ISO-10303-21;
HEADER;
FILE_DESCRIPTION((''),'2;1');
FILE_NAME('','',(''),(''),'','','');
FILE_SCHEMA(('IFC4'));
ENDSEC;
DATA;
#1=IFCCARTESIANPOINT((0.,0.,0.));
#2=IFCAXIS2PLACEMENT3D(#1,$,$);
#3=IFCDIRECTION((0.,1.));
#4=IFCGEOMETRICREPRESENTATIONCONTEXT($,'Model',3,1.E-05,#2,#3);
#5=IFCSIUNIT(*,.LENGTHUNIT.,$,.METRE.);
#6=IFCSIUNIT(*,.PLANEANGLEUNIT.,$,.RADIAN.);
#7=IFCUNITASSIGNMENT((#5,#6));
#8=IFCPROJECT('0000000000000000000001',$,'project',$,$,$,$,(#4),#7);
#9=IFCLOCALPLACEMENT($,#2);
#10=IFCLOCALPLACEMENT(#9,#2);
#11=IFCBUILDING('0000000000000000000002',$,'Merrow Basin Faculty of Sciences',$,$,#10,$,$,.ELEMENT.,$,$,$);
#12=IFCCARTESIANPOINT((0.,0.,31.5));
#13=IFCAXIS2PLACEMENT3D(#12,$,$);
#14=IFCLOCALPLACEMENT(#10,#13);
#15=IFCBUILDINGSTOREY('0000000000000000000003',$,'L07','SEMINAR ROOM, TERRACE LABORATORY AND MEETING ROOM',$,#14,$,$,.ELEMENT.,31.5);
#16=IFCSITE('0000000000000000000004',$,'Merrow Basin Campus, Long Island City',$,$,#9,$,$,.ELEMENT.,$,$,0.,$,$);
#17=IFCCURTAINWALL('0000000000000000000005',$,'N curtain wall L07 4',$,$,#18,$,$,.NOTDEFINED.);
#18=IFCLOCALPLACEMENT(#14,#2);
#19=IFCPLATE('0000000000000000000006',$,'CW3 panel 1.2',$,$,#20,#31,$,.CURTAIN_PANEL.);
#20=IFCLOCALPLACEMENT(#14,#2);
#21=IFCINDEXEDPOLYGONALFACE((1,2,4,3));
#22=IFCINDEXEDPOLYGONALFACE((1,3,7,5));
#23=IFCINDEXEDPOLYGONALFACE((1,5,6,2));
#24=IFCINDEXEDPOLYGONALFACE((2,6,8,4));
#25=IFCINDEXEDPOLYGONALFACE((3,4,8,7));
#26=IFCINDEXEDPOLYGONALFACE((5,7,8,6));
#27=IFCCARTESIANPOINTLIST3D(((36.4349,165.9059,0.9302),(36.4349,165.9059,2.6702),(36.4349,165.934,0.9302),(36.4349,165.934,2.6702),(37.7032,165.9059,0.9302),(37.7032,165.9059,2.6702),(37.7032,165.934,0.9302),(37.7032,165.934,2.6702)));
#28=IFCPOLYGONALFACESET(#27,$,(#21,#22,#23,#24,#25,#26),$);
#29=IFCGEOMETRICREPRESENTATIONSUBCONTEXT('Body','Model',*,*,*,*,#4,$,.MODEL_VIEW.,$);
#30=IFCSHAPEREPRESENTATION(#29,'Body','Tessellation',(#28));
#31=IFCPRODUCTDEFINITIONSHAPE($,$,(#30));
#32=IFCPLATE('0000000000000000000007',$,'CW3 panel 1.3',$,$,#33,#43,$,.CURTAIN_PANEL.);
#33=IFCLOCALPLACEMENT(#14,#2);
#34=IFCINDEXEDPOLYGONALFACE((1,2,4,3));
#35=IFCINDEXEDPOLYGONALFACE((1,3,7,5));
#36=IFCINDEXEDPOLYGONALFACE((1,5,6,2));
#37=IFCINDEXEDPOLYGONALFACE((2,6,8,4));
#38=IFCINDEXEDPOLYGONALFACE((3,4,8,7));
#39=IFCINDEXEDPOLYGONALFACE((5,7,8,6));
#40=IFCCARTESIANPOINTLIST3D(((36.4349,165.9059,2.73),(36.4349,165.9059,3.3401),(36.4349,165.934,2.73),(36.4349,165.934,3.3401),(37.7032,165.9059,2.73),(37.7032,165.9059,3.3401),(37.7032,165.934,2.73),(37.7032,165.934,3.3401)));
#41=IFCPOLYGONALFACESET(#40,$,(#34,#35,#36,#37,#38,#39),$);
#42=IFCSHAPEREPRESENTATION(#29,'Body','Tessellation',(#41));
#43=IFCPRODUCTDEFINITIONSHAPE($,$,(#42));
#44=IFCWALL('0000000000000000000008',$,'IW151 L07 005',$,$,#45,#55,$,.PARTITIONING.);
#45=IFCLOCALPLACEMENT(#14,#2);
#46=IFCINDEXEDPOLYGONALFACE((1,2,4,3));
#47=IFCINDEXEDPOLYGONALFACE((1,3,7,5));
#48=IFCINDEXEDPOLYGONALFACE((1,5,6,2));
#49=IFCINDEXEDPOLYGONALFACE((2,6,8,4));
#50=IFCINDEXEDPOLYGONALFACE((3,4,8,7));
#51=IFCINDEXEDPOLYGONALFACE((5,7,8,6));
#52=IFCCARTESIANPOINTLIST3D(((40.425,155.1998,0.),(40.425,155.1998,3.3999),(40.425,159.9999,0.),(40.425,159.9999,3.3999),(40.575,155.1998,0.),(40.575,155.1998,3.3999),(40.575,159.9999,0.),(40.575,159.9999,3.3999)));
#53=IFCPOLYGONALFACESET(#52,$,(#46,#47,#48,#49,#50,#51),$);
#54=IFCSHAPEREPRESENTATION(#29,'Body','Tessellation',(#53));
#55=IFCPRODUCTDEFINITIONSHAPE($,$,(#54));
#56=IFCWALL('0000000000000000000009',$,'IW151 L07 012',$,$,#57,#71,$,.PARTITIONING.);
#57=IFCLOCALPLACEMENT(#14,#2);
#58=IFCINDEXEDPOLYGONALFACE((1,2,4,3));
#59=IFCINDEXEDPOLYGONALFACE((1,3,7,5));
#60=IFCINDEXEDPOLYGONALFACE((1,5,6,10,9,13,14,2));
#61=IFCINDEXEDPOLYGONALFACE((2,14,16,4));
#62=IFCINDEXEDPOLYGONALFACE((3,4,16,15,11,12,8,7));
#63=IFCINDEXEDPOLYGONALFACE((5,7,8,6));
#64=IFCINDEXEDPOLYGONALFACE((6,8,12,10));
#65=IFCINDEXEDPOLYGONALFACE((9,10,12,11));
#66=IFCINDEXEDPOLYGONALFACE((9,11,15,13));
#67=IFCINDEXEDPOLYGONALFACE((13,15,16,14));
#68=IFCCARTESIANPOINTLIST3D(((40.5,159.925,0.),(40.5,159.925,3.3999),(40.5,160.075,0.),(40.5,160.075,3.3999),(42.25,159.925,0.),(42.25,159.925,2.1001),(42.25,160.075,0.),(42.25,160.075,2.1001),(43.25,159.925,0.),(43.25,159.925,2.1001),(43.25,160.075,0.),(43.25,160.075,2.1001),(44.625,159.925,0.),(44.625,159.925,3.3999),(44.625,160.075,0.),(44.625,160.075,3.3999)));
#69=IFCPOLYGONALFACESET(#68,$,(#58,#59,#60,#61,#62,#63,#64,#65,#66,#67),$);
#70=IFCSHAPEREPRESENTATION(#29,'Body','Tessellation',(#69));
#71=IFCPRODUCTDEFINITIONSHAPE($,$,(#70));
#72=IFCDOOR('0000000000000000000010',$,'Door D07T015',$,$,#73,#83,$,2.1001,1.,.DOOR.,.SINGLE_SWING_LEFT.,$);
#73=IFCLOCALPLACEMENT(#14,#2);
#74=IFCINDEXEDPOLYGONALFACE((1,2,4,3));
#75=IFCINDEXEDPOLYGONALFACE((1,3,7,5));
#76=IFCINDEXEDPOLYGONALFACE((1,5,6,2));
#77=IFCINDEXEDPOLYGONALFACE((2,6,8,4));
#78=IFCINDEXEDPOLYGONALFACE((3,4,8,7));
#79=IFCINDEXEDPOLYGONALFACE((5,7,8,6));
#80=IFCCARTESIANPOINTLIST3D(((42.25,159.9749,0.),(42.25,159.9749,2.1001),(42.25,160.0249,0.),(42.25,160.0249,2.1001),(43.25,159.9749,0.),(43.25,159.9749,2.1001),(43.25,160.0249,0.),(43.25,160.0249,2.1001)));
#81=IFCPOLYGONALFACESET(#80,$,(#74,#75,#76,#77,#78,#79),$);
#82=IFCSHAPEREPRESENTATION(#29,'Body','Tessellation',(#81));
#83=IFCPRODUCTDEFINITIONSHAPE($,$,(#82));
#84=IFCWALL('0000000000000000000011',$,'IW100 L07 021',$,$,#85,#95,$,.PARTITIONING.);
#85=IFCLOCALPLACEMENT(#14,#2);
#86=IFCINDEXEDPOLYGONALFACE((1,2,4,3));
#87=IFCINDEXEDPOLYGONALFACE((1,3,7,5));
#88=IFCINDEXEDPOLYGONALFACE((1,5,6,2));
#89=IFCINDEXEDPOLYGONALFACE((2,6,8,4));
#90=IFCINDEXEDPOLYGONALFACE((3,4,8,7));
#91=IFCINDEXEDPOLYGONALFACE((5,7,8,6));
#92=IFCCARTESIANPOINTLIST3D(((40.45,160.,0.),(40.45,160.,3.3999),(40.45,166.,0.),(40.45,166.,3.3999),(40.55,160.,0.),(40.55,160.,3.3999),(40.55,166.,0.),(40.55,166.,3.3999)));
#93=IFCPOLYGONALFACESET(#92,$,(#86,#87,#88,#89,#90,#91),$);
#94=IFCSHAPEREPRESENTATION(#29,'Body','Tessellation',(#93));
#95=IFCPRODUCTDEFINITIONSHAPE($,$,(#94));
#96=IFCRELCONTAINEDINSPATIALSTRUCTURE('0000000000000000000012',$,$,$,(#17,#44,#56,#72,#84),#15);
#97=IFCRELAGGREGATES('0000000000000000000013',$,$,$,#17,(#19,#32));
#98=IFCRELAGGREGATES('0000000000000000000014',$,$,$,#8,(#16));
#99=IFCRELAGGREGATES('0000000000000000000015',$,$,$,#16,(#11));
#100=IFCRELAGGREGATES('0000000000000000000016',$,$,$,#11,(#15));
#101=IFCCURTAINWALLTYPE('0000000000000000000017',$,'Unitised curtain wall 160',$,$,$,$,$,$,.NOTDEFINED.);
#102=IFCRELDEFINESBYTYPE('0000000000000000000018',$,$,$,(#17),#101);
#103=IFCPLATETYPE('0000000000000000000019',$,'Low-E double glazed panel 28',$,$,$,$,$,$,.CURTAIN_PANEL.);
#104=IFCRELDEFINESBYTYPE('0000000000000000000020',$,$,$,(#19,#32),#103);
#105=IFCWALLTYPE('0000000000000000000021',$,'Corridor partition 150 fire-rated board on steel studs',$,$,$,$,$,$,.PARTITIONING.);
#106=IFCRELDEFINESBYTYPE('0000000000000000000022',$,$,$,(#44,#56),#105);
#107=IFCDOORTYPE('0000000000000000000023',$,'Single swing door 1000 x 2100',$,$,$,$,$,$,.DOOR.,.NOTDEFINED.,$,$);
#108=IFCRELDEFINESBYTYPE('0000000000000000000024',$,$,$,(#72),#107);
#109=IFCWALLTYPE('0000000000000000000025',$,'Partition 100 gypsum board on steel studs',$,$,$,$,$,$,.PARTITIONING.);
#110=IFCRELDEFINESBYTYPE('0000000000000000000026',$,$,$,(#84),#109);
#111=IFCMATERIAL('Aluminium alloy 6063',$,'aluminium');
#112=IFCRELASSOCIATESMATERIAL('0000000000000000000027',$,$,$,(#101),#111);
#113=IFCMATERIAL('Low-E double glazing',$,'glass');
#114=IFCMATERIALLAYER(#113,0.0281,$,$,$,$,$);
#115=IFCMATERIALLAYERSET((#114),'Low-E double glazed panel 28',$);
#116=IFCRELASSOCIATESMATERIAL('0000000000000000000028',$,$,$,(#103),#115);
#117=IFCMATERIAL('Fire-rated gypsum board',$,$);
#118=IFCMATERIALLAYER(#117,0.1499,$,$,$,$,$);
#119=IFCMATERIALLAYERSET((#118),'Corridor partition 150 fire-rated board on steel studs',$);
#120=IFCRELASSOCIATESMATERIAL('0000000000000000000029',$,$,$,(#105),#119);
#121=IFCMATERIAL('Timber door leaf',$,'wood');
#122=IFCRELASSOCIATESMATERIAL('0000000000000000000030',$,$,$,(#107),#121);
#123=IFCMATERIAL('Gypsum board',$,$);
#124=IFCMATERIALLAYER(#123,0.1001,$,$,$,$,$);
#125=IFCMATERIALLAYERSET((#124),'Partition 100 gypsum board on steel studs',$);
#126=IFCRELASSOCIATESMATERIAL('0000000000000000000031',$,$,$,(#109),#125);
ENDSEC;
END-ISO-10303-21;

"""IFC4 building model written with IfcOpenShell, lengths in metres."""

from ifc_helpers import new_model, si_unit, direction, frame, frame_2d, origin, origin_2d, place, context, subcontext, project, spatial, rectangle, extrude, material, layer, layer_set, type_object, element, fill, aggregate, save


model = new_model("IFC4")

# Units and contexts
model_context = context("Model", 3, precision=1e-05, world=origin(), true_north=direction((0.0, 1.0)))
body_context = subcontext(model_context, "Body", "Model", "MODEL_VIEW")
ifc_project = project(units=[si_unit("LENGTHUNIT", "METRE"), si_unit("PLANEANGLEUNIT", "RADIAN")], contexts=[model_context])

# Site, building, storey
site_placement = place(None, origin())
site = spatial("IfcSite", under=ifc_project, at=site_placement, Name="Merrow Basin Campus, Long Island City", CompositionType="ELEMENT", RefElevation=0.0)
building_placement = place(site_placement, origin())
building = spatial("IfcBuilding", under=site, at=building_placement, Name="Merrow Basin Faculty of Sciences", CompositionType="ELEMENT")
storey_placement = place(building_placement, frame((0.0, 0.0, 31.5)))
storey = spatial("IfcBuildingStorey", under=building, at=storey_placement, Name="L07", Description="SEMINAR ROOM, TERRACE LABORATORY AND MEETING ROOM", CompositionType="ELEMENT", Elevation=31.5)

# Curtain wall
ifc_material_1 = material(Name="Aluminium alloy 6063", Category="aluminium")
curtain_wall_type = type_object("IfcCurtainWallType", Name="Unitised curtain wall 160", PredefinedType="NOTDEFINED", material=ifc_material_1)
curtain_wall_placement = place(storey_placement, origin())
curtain_wall = element("IfcCurtainWall", 1, at=curtain_wall_placement, inside=storey, type_object=curtain_wall_type, Name="N curtain wall L07 4", PredefinedType="NOTDEFINED")

# Plates
ifc_material_2 = material(Name="Low-E double glazing", Category="glass")
ifc_layer_1 = layer(ifc_material_2, 0.0281)
ifc_layer_set_1 = layer_set([ifc_layer_1], Name="Low-E double glazed panel 28")
plate_type_1 = type_object("IfcPlateType", Name="Low-E double glazed panel 28", PredefinedType="CURTAIN_PANEL", material=ifc_layer_set_1)
plate_1_placement = place(storey_placement, frame((37.0691, 165.9199, 0.9302), z_axis=(0.0, 0.0, 1.0), x_axis=(1.0, 0.0, 0.0)))
plate_1 = element("IfcPlate", 2, at=plate_1_placement, type_object=plate_type_1, Name="CW3 panel 1.2", PredefinedType="CURTAIN_PANEL", context=body_context, shape_type="SweptSolid", body=[
    extrude(rectangle(XDim=1.2683, YDim=0.0281, at=origin_2d()), origin(), (0.0, 0.0, 1.0), 1.74),
])
plate_2_placement = place(storey_placement, frame((37.0691, 165.9199, 2.73), z_axis=(0.0, 0.0, 1.0), x_axis=(1.0, 0.0, 0.0)))
plate_2 = element("IfcPlate", 3, at=plate_2_placement, type_object=plate_type_1, Name="CW3 panel 1.3", PredefinedType="CURTAIN_PANEL", context=body_context, shape_type="SweptSolid", body=[
    extrude(rectangle(XDim=1.2683, YDim=0.0281, at=origin_2d()), origin(), (0.0, 0.0, 1.0), 0.6101),
])
aggregate(curtain_wall, [plate_1, plate_2])

# Wall
ifc_material_3 = material(Name="Fire-rated gypsum board")
ifc_layer_2 = layer(ifc_material_3, 0.1499)
ifc_layer_set_2 = layer_set([ifc_layer_2], Name="Corridor partition 150 fire-rated board on steel studs")
wall_type_1 = type_object("IfcWallType", Name="Corridor partition 150 fire-rated board on steel studs", PredefinedType="PARTITIONING", material=ifc_layer_set_2)
wall_1_placement = place(storey_placement, frame((40.5, 155.2, 0.0), z_axis=(0.0, 0.0, 1.0), x_axis=(0.0, 1.0, 0.0)))
element("IfcWall", 4, at=wall_1_placement, inside=storey, type_object=wall_type_1, Name="IW151 L07 005", PredefinedType="PARTITIONING", context=body_context, shape_type="SweptSolid", body=[
    extrude(rectangle(XDim=4.8, YDim=0.1499, at=frame_2d((2.3999, 0.0))), origin(), (0.0, 0.0, 1.0), 3.3999),
])

# Wall, opening, door
wall_2_placement = place(storey_placement, frame((40.5, 160.0, 0.0), z_axis=(0.0, 0.0, 1.0), x_axis=(1.0, 0.0, 0.0)))
wall_2 = element("IfcWall", 5, at=wall_2_placement, inside=storey, type_object=wall_type_1, Name="IW151 L07 012", PredefinedType="PARTITIONING", context=body_context, shape_type="SweptSolid", body=[
    extrude(rectangle(XDim=4.125, YDim=0.1499, at=frame_2d((2.0625, 0.0))), origin(), (0.0, 0.0, 1.0), 3.3999),
])
opening_placement = place(wall_2_placement, frame((1.75, 0.0, 0.0)))
opening = element("IfcOpeningElement", 6, at=opening_placement, cuts=wall_2, PredefinedType="OPENING", context=body_context, shape_type="SweptSolid", body=[
    extrude(rectangle(XDim=1.0, YDim=2.1001, at=frame_2d((0.5, 1.05))), frame((0.0, 0.085, 0.0), z_axis=(0.0, -1.0, 0.0), x_axis=(1.0, 0.0, 0.0)), (0.0, 0.0, 1.0), 0.1699),
])
ifc_material_4 = material(Name="Timber door leaf", Category="wood")
door_type = type_object("IfcDoorType", Name="Single swing door 1000 x 2100", OperationType="NOTDEFINED", PredefinedType="DOOR", material=ifc_material_4)
door_placement = place(opening_placement, origin())
door = element("IfcDoor", 7, at=door_placement, inside=storey, type_object=door_type, Name="Door D07T015", OperationType="SINGLE_SWING_LEFT", OverallHeight=2.1001, OverallWidth=1.0, PredefinedType="DOOR", context=body_context, shape_type="SweptSolid", body=[
    extrude(rectangle(XDim=1.0, YDim=2.1001, at=frame_2d((0.5, 1.05))), frame((0.0, 0.0249, 0.0), z_axis=(0.0, -1.0, 0.0), x_axis=(1.0, 0.0, 0.0)), (0.0, 0.0, 1.0), 0.05),
])
fill(opening, door)

# Wall
ifc_material_5 = material(Name="Gypsum board")
ifc_layer_3 = layer(ifc_material_5, 0.1001)
ifc_layer_set_3 = layer_set([ifc_layer_3], Name="Partition 100 gypsum board on steel studs")
wall_type_2 = type_object("IfcWallType", Name="Partition 100 gypsum board on steel studs", PredefinedType="PARTITIONING", material=ifc_layer_set_3)
wall_3_placement = place(storey_placement, frame((40.5, 160.0, 0.0), z_axis=(0.0, 0.0, 1.0), x_axis=(0.0, 1.0, 0.0)))
element("IfcWall", 8, at=wall_3_placement, inside=storey, type_object=wall_type_2, Name="IW100 L07 021", PredefinedType="PARTITIONING", context=body_context, shape_type="SweptSolid", body=[
    extrude(rectangle(XDim=6.0, YDim=0.1001, at=frame_2d((3.0, 0.0))), origin(), (0.0, 0.0, 1.0), 3.3999),
])

save(model, "model.ifc")
